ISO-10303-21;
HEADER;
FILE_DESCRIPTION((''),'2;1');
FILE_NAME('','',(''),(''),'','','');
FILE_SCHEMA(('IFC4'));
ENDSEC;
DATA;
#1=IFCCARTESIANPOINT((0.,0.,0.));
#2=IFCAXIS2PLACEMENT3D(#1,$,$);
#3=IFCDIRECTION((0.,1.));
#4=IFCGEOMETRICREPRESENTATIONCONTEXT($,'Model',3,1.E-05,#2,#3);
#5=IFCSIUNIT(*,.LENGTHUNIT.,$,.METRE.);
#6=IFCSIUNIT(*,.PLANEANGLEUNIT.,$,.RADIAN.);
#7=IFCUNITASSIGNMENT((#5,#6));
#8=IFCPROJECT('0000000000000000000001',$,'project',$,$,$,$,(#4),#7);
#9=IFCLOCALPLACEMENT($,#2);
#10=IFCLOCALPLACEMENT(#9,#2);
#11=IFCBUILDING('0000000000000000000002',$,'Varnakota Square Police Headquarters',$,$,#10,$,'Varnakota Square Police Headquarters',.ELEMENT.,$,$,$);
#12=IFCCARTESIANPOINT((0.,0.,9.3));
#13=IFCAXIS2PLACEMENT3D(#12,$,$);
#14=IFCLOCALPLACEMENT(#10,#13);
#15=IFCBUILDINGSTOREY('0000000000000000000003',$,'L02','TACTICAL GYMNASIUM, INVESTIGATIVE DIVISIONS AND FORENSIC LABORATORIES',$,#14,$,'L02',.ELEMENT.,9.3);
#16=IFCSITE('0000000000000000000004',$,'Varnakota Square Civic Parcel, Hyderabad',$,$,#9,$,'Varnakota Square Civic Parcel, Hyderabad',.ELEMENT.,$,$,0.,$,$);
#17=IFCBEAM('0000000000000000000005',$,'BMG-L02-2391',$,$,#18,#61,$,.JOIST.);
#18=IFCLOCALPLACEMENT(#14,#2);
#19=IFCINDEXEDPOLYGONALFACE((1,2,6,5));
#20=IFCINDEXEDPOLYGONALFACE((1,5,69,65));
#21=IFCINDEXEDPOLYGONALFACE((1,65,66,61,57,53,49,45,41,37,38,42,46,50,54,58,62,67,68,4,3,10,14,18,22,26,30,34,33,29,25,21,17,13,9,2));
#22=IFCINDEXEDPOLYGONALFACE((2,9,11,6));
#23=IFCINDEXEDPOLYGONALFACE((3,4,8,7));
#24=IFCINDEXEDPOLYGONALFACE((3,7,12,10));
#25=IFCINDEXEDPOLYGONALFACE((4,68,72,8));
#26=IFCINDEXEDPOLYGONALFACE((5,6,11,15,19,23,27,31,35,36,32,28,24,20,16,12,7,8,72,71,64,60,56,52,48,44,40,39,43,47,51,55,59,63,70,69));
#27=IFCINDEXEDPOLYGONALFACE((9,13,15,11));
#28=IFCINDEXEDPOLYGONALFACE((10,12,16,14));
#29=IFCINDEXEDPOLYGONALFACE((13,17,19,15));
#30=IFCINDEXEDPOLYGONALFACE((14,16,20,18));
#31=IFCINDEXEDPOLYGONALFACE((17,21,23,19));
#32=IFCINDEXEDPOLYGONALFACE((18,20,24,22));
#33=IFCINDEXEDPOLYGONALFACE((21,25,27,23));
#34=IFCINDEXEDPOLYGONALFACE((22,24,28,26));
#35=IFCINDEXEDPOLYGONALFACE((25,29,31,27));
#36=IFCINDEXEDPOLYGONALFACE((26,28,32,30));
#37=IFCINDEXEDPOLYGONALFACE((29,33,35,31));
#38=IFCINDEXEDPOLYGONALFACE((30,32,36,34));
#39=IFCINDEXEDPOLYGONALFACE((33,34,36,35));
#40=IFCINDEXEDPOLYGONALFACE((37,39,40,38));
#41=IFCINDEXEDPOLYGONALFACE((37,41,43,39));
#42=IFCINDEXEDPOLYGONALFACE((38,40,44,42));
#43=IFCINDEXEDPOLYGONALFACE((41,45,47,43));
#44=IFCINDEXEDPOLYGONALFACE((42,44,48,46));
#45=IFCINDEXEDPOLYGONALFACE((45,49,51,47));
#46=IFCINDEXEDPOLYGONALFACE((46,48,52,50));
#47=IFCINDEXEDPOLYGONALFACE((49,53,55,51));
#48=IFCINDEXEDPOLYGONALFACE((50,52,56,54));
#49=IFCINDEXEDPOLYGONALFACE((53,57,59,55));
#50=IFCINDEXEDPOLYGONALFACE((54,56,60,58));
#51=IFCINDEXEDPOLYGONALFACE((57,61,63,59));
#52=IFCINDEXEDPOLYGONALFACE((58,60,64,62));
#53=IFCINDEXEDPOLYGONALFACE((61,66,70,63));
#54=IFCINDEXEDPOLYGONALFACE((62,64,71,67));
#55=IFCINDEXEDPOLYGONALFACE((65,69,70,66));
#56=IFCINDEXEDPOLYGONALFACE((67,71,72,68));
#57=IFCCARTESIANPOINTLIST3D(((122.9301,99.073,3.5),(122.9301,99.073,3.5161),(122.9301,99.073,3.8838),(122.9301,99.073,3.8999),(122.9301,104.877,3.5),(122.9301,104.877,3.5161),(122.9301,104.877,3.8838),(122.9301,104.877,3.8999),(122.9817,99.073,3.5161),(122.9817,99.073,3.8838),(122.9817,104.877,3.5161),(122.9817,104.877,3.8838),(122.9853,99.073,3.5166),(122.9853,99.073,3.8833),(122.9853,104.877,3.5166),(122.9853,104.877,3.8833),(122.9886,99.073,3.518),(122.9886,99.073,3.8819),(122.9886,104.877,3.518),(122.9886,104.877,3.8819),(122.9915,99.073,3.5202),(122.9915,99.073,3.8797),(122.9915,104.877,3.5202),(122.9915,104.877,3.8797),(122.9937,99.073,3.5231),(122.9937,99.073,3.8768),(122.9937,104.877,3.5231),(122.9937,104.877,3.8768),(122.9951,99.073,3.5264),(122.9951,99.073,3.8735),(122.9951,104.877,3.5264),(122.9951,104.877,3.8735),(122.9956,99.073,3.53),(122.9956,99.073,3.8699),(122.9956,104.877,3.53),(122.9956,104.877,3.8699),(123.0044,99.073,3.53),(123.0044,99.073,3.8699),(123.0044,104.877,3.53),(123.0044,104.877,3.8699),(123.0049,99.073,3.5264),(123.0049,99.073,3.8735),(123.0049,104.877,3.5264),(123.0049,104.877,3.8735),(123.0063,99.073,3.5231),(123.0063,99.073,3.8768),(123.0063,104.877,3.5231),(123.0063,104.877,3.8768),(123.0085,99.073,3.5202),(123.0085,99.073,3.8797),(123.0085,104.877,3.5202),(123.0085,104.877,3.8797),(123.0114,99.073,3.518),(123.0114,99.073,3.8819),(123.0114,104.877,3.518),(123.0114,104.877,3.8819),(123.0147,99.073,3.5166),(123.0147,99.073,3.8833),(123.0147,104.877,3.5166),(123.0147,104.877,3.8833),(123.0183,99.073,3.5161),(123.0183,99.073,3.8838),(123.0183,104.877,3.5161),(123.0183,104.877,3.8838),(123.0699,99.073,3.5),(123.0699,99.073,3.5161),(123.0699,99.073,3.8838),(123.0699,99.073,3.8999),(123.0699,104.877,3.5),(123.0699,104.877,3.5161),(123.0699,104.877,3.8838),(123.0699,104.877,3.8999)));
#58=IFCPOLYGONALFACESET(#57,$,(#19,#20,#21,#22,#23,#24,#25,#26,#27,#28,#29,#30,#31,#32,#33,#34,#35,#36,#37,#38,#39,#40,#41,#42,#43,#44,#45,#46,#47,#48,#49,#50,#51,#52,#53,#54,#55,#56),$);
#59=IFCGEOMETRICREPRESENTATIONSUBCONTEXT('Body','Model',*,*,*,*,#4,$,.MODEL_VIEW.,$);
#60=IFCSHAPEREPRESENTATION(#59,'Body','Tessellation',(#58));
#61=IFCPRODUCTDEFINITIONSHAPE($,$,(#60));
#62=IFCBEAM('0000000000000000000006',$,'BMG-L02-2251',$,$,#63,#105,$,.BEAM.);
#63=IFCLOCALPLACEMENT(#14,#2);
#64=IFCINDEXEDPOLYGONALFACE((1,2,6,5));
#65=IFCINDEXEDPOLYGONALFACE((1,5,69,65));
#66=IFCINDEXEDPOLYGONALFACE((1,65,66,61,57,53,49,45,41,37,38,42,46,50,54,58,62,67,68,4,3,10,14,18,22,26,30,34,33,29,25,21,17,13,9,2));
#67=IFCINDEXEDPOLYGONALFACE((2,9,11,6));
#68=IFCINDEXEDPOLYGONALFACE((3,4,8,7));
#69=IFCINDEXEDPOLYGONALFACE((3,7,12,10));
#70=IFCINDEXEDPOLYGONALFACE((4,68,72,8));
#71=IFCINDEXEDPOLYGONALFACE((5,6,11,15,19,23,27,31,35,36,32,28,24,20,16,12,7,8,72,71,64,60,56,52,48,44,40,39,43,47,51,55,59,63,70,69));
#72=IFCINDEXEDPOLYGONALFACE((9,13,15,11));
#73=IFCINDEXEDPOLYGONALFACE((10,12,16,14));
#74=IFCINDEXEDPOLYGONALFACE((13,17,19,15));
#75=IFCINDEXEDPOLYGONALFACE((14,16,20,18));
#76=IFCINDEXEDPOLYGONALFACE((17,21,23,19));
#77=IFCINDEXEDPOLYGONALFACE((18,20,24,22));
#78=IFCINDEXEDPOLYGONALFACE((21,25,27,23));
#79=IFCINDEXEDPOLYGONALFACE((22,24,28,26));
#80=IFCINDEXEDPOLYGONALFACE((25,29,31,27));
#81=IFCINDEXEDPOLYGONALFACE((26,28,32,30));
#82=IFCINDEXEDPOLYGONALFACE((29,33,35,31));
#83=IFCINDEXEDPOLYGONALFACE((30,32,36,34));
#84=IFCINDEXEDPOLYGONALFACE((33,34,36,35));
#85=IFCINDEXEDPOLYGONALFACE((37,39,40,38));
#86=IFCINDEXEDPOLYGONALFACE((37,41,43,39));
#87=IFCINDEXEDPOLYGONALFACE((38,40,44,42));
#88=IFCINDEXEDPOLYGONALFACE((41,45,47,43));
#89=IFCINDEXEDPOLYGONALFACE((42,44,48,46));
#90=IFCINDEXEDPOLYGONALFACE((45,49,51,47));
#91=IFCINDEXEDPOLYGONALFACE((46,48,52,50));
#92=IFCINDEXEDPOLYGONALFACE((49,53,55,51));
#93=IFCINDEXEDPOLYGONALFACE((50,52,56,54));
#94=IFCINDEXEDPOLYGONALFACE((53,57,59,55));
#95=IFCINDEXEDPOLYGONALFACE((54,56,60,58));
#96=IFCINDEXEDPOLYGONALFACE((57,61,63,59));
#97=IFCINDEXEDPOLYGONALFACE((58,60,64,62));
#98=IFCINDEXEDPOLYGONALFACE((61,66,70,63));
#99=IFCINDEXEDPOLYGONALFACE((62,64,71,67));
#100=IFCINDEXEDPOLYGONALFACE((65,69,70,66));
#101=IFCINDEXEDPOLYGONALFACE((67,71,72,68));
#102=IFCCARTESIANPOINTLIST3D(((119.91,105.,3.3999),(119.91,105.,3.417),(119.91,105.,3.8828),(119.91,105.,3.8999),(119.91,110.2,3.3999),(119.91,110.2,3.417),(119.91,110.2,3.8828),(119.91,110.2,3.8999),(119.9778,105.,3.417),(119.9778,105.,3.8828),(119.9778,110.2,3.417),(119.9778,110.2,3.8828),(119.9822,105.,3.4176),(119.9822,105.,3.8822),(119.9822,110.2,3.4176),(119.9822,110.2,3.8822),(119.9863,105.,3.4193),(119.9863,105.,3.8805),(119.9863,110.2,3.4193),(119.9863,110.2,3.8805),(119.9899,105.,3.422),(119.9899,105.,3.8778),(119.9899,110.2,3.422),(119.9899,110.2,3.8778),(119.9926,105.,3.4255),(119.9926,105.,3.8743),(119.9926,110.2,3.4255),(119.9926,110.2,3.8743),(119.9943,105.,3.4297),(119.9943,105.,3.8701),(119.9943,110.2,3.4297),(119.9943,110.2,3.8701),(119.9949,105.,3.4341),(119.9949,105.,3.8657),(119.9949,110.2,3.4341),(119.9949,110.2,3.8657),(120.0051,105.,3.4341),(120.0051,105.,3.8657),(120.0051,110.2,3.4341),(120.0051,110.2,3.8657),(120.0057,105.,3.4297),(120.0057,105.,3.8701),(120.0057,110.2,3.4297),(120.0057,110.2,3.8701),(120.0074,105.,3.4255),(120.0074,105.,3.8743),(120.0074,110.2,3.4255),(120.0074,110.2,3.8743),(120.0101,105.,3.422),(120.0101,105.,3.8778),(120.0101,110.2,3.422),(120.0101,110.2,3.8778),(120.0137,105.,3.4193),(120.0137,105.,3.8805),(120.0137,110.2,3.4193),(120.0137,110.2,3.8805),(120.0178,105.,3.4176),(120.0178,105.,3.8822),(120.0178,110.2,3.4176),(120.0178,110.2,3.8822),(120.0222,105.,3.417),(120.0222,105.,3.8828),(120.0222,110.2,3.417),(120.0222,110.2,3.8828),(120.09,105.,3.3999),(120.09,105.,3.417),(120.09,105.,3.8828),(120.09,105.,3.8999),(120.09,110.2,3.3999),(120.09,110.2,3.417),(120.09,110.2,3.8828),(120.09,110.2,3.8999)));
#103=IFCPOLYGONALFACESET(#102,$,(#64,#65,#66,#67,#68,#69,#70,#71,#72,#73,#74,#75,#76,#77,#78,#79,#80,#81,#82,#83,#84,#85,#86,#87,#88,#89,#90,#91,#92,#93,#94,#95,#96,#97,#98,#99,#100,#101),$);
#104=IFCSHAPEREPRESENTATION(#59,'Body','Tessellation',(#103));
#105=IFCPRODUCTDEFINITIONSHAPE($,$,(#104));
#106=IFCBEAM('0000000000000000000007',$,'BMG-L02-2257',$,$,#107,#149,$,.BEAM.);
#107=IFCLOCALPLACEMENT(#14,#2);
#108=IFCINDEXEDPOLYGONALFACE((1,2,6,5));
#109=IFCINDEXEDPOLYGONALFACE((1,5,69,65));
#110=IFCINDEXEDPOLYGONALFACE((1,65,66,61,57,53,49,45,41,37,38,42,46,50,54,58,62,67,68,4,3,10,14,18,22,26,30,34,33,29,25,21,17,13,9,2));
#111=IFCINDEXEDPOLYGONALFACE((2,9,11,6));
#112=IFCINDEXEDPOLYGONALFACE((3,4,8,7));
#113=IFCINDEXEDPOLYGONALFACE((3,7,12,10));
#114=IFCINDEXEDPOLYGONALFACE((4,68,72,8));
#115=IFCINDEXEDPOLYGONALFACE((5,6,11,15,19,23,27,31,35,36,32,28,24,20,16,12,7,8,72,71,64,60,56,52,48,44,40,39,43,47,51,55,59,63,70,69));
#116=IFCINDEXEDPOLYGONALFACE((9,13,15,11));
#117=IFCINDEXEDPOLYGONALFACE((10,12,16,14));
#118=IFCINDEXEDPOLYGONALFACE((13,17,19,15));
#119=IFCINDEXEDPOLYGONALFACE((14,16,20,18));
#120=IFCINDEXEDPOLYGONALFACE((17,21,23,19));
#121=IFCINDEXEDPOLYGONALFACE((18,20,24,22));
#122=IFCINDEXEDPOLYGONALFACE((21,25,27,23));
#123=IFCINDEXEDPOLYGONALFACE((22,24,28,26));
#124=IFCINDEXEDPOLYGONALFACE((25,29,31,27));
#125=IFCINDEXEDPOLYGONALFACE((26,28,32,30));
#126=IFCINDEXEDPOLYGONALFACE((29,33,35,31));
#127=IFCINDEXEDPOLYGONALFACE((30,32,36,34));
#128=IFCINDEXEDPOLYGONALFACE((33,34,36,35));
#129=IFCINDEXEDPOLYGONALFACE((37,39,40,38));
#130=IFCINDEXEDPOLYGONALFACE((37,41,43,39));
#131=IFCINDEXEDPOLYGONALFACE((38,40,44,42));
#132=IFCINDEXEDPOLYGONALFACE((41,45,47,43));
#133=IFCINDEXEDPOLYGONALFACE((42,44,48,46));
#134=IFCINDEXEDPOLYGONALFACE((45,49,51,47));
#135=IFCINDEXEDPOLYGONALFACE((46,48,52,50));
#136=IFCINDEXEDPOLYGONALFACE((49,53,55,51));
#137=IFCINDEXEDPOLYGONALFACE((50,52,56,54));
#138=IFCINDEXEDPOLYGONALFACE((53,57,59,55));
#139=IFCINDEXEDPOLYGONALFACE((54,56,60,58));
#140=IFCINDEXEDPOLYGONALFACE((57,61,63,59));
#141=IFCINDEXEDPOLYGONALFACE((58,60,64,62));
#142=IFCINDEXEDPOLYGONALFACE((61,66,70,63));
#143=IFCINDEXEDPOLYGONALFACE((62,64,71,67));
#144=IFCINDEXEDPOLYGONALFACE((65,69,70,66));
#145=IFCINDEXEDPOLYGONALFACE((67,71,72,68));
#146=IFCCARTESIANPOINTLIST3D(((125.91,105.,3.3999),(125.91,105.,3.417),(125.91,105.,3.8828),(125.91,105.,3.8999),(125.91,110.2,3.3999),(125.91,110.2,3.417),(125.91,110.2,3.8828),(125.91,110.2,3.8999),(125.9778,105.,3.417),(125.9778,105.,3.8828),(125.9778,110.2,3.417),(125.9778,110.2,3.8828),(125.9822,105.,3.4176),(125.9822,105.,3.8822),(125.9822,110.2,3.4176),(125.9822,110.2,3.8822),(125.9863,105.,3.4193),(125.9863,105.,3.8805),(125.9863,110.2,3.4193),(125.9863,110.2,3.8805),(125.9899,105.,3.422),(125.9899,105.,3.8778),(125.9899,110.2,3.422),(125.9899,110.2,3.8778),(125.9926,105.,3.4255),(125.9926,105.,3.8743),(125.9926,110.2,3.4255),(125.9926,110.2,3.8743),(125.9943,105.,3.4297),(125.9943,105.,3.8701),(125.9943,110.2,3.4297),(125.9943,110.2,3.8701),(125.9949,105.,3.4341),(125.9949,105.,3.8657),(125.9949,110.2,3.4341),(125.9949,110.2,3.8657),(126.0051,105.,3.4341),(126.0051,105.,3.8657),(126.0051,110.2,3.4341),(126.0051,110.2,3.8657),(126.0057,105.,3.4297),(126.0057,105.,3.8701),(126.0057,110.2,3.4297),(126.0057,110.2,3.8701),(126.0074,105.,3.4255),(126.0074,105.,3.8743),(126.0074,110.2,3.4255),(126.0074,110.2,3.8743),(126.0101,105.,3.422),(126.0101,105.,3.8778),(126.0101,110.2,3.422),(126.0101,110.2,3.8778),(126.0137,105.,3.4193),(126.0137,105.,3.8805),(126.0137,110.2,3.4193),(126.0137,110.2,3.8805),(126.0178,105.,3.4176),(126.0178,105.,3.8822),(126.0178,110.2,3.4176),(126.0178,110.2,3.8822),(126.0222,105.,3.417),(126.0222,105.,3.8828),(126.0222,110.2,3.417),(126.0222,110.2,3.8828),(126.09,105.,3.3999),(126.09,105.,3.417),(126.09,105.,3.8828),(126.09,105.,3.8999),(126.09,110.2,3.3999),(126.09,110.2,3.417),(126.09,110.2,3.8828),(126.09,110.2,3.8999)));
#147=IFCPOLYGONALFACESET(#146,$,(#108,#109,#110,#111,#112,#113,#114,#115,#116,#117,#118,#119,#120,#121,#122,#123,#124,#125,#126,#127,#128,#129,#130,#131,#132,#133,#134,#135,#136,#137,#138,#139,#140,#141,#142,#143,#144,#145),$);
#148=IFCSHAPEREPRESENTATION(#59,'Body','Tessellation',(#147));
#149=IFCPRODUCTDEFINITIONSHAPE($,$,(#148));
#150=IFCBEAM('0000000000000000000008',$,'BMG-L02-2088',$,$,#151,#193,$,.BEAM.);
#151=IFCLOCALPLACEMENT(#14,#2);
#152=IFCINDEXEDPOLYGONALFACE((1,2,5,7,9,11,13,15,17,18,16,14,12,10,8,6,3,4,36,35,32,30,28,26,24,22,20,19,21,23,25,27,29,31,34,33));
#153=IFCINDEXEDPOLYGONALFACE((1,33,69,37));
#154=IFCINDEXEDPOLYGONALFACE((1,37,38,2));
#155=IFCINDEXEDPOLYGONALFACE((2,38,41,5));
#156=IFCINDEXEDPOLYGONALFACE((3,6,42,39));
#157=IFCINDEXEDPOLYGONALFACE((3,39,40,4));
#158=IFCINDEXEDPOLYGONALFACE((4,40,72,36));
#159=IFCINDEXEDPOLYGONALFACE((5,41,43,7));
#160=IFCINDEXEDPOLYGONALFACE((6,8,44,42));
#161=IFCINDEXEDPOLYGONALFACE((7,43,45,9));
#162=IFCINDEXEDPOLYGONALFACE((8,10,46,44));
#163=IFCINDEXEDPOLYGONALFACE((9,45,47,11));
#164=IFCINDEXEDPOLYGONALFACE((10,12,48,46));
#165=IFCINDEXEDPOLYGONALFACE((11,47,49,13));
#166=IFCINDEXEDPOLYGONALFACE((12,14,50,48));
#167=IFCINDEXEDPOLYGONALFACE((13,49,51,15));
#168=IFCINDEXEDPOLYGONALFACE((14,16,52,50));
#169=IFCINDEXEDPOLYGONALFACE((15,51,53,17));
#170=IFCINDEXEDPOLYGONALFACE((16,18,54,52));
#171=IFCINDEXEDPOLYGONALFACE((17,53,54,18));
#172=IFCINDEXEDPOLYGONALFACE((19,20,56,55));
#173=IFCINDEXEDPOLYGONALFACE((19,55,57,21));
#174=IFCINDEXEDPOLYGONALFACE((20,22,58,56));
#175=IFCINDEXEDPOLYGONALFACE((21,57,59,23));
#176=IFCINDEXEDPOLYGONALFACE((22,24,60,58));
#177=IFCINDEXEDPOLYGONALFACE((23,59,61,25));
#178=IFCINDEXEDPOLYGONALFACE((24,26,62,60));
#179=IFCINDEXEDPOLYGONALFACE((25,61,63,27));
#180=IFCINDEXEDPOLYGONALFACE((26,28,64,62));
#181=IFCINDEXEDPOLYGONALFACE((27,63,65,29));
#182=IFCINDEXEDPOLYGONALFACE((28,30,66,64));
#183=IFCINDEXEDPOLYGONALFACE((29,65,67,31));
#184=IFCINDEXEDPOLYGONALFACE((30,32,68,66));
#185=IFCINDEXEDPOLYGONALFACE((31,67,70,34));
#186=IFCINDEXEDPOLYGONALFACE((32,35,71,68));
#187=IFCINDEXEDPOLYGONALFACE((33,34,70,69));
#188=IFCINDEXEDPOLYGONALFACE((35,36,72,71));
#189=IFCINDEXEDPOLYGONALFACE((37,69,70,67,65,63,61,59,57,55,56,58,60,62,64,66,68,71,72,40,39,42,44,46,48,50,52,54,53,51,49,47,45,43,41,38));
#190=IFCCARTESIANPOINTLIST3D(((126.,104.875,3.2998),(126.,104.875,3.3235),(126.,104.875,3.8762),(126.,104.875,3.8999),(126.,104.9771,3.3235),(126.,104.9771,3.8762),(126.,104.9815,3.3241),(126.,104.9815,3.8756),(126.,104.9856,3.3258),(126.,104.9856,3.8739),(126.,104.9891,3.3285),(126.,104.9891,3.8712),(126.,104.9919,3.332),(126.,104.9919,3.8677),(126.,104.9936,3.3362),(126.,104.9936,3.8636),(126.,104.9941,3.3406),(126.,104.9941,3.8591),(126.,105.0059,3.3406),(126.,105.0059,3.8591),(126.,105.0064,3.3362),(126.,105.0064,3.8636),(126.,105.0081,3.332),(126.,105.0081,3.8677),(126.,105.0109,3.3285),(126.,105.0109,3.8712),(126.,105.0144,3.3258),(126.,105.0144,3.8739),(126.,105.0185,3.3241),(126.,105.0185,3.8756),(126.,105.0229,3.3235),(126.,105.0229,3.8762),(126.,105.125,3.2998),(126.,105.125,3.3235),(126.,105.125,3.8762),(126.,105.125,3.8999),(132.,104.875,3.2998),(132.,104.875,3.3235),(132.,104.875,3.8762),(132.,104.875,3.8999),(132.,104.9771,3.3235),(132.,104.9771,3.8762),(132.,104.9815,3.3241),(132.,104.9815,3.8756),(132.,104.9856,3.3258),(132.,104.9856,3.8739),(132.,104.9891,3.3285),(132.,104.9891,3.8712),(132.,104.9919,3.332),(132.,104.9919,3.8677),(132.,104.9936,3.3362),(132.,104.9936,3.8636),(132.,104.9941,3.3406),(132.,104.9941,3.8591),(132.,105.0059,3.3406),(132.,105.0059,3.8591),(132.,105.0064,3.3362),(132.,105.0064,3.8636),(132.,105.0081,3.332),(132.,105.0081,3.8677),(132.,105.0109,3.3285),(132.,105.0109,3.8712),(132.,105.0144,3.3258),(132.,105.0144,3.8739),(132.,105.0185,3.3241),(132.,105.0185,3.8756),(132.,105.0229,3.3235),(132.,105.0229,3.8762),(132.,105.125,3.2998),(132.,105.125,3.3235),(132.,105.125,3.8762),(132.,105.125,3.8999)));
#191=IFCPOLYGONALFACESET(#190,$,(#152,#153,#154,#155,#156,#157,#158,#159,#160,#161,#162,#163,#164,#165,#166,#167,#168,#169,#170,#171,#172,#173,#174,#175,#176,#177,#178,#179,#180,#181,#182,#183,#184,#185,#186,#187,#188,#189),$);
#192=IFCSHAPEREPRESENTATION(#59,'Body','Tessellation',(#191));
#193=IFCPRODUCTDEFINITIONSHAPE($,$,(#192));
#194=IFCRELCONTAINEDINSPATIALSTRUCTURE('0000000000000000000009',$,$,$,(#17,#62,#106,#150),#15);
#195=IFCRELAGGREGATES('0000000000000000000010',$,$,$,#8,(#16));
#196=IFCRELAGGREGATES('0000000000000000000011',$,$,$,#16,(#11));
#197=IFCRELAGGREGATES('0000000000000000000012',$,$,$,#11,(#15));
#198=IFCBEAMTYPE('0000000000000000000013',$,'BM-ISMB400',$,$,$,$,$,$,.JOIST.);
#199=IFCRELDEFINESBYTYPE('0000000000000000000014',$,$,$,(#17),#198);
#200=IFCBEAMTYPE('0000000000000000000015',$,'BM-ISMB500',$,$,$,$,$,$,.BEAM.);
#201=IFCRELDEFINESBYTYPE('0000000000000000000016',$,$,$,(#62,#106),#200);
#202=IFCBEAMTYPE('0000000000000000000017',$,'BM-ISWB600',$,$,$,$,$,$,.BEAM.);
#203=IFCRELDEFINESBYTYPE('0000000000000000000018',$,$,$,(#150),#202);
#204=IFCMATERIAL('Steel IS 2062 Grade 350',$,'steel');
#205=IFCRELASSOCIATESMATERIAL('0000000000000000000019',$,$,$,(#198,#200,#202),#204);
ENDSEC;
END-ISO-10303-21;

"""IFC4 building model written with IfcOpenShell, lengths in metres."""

from ifc_helpers import new_model, si_unit, direction, frame, origin, origin_2d, place, context, subcontext, project, spatial, i_section, extrude, material, material_profile, profile_set, type_object, element, save


model = new_model("IFC4")

# Units and contexts
model_context = context("Model", 3, precision=1e-05, world=origin(), true_north=direction((0.0, 1.0)))
body_context = subcontext(model_context, "Body", "Model", "MODEL_VIEW")
ifc_project = project(units=[si_unit("LENGTHUNIT", "METRE"), si_unit("PLANEANGLEUNIT", "RADIAN")], contexts=[model_context])

# Site, building, storey
site_placement = place(None, origin())
site = spatial("IfcSite", under=ifc_project, at=site_placement, Name="Varnakota Square Civic Parcel, Hyderabad", LongName="Varnakota Square Civic Parcel, Hyderabad", CompositionType="ELEMENT", RefElevation=0.0)
building_placement = place(site_placement, origin())
building = spatial("IfcBuilding", under=site, at=building_placement, Name="Varnakota Square Police Headquarters", LongName="Varnakota Square Police Headquarters", CompositionType="ELEMENT")
storey_placement = place(building_placement, frame((0.0, 0.0, 9.3)))
storey = spatial("IfcBuildingStorey", under=building, at=storey_placement, Name="L02", Description="TACTICAL GYMNASIUM, INVESTIGATIVE DIVISIONS AND FORENSIC LABORATORIES", LongName="L02", CompositionType="ELEMENT", Elevation=9.3)

# Shared definitions
ifc_material_1 = material(Name="Steel IS 2062 Grade 350", Category="steel")

# Beams
ifc_material_profile_1 = material_profile(ifc_material_1, i_section(OverallWidth=0.1399, OverallDepth=0.3999, WebThickness=0.0088, FlangeThickness=0.0161, FilletRadius=0.0139, at=origin_2d()), Name="ISMB 400")
ifc_profile_set_1 = profile_set([ifc_material_profile_1], Name="Steel IS 2062 Grade 350")
beam_type_1 = type_object("IfcBeamType", Name="BM-ISMB400", PredefinedType="JOIST", material=ifc_profile_set_1)
beam_1_placement = place(storey_placement, frame((123.0, 99.073, 3.7), z_axis=(0.0, 1.0, 0.0), x_axis=(-1.0, 0.0, 0.0)))
element("IfcBeam", 1, at=beam_1_placement, inside=storey, type_object=beam_type_1, Name="BMG-L02-2391", PredefinedType="JOIST", context=body_context, shape_type="SweptSolid", body=[
    extrude(i_section(OverallWidth=0.1399, OverallDepth=0.3999, WebThickness=0.0088, FlangeThickness=0.0161, FilletRadius=0.0139, at=origin_2d()), origin(), (0.0, 0.0, 1.0), 5.804),
])
ifc_material_profile_2 = material_profile(ifc_material_1, i_section(OverallWidth=0.1799, OverallDepth=0.5, WebThickness=0.0103, FlangeThickness=0.0171, FilletRadius=0.0171, at=origin_2d()), Name="ISMB 500")
ifc_profile_set_2 = profile_set([ifc_material_profile_2], Name="Steel IS 2062 Grade 350")
beam_type_2 = type_object("IfcBeamType", Name="BM-ISMB500", PredefinedType="BEAM", material=ifc_profile_set_2)
for number, where, z_axis, x_axis, name in (
    (2, (120.0, 105.0, 3.6499), (0.0, 1.0, 0.0), (-1.0, 0.0, 0.0), "BMG-L02-2251"),
    (3, (126.0, 105.0, 3.6499), (0.0, 1.0, 0.0), (-1.0, 0.0, 0.0), "BMG-L02-2257"),
):
    element("IfcBeam", number, at=place(storey_placement, frame(where, z_axis=z_axis, x_axis=x_axis)), inside=storey, type_object=beam_type_2, Name=name, PredefinedType="BEAM", context=body_context, shape_type="SweptSolid", body=[
        extrude(i_section(OverallWidth=0.1799, OverallDepth=0.5, WebThickness=0.0103, FlangeThickness=0.0171, FilletRadius=0.0171, at=origin_2d()), origin(), (0.0, 0.0, 1.0), 5.2),
    ])
ifc_material_profile_3 = material_profile(ifc_material_1, i_section(OverallWidth=0.25, OverallDepth=0.6001, WebThickness=0.0117, FlangeThickness=0.0237, FilletRadius=0.0171, at=origin_2d()), Name="ISWB 600")
ifc_profile_set_3 = profile_set([ifc_material_profile_3], Name="Steel IS 2062 Grade 350")
beam_type_3 = type_object("IfcBeamType", Name="BM-ISWB600", PredefinedType="BEAM", material=ifc_profile_set_3)
beam_2_placement = place(storey_placement, frame((126.0, 105.0, 3.5999), z_axis=(1.0, 0.0, 0.0), x_axis=(0.0, 1.0, 0.0)))
element("IfcBeam", 4, at=beam_2_placement, inside=storey, type_object=beam_type_3, Name="BMG-L02-2088", PredefinedType="BEAM", context=body_context, shape_type="SweptSolid", body=[
    extrude(i_section(OverallWidth=0.25, OverallDepth=0.6001, WebThickness=0.0117, FlangeThickness=0.0237, FilletRadius=0.0171, at=origin_2d()), origin(), (0.0, 0.0, 1.0), 6.0),
])

save(model, "model.ifc")
